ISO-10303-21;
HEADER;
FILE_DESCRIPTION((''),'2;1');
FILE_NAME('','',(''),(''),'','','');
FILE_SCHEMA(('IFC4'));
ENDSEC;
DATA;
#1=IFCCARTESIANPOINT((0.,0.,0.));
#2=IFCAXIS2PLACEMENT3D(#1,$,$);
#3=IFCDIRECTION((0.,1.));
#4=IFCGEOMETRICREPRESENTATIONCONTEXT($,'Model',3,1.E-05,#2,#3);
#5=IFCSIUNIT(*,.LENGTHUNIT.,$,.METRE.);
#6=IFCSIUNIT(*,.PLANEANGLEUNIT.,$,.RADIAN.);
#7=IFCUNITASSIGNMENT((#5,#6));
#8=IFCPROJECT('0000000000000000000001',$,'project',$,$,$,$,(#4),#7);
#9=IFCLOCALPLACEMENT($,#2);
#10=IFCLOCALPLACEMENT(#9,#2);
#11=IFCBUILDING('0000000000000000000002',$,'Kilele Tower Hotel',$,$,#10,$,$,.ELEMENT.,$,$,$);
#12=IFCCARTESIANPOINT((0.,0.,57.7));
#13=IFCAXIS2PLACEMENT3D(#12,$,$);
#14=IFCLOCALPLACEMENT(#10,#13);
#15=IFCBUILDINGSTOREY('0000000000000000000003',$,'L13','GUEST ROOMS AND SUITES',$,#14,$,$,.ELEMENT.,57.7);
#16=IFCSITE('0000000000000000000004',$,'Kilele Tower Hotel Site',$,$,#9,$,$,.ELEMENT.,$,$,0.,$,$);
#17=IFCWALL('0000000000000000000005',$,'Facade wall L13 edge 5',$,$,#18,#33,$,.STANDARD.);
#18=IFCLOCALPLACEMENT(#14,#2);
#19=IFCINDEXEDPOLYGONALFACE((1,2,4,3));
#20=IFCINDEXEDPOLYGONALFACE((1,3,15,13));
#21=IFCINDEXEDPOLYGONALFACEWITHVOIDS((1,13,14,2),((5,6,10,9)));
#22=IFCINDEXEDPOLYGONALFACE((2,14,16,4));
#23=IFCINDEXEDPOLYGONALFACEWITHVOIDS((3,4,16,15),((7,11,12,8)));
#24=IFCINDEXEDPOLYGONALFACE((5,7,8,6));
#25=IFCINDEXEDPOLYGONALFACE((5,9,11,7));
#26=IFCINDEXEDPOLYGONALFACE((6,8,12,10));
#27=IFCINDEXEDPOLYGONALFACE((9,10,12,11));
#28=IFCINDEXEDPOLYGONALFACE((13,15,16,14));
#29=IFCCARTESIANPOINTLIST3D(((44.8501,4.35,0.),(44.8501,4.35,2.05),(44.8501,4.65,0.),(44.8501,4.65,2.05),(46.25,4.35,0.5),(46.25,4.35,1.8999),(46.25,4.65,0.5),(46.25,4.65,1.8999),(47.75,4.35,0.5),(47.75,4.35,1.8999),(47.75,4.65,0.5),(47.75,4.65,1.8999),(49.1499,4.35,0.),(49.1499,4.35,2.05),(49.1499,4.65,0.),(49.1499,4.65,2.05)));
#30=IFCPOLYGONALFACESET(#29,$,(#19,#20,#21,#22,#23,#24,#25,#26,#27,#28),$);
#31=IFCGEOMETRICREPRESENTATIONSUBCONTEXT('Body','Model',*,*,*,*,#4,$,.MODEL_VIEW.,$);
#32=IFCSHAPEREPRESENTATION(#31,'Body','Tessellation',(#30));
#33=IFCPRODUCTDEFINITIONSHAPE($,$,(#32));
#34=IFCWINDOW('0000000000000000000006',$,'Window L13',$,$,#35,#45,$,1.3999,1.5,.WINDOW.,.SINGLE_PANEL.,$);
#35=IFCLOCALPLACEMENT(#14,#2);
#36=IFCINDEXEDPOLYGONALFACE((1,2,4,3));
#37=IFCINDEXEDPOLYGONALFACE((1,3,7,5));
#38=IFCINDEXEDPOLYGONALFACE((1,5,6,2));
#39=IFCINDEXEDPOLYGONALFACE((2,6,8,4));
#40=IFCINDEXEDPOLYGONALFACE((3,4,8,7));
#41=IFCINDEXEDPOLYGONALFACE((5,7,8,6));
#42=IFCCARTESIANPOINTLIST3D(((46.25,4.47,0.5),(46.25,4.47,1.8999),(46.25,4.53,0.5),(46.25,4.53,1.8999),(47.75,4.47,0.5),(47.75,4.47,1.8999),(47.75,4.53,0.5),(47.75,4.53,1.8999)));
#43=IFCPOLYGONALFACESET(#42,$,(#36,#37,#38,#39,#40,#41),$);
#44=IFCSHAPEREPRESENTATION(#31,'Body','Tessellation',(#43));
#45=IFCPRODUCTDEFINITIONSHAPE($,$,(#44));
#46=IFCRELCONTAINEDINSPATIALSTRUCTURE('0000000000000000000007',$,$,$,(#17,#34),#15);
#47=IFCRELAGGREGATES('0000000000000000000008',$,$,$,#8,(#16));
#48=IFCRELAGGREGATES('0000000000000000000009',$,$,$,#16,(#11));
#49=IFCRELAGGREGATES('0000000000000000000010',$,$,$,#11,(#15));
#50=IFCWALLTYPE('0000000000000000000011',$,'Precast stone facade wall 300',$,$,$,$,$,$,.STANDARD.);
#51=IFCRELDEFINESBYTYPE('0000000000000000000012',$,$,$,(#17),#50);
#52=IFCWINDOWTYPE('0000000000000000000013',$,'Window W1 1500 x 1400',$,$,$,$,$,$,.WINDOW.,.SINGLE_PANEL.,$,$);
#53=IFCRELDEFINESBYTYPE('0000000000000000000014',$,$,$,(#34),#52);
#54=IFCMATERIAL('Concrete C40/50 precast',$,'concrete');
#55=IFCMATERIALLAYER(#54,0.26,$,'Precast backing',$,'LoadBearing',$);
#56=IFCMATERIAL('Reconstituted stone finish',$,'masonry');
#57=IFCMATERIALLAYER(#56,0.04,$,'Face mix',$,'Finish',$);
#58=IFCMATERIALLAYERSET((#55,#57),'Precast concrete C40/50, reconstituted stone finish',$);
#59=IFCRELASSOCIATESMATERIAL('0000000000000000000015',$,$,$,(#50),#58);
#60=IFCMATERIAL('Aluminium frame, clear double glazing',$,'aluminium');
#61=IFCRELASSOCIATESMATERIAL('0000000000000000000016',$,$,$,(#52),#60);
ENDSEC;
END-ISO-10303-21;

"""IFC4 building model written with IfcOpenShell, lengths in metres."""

from ifc_helpers import new_model, si_unit, direction, frame, frame_2d, origin, place, context, subcontext, project, spatial, rectangle, extrude, material, layer, layer_set, type_object, element, fill, save


model = new_model("IFC4")

# Units and contexts
model_context = context("Model", 3, precision=1e-05, world=origin(), true_north=direction((0.0, 1.0)))
body_context = subcontext(model_context, "Body", "Model", "MODEL_VIEW")
ifc_project = project(units=[si_unit("LENGTHUNIT", "METRE"), si_unit("PLANEANGLEUNIT", "RADIAN")], contexts=[model_context])

# Site, building, storey
site_placement = place(None, origin())
site = spatial("IfcSite", under=ifc_project, at=site_placement, Name="Kilele Tower Hotel Site", CompositionType="ELEMENT", RefElevation=0.0)
building_placement = place(site_placement, origin())
building = spatial("IfcBuilding", under=site, at=building_placement, Name="Kilele Tower Hotel", CompositionType="ELEMENT")
storey_placement = place(building_placement, frame((0.0, 0.0, 57.7)))
storey = spatial("IfcBuildingStorey", under=building, at=storey_placement, Name="L13", Description="GUEST ROOMS AND SUITES", CompositionType="ELEMENT", Elevation=57.7)

# Wall, opening, window
ifc_material_1 = material(Name="Concrete C40/50 precast", Category="concrete")
ifc_layer_1 = layer(ifc_material_1, 0.26, Name="Precast backing", Category="LoadBearing")
ifc_material_2 = material(Name="Reconstituted stone finish", Category="masonry")
ifc_layer_2 = layer(ifc_material_2, 0.04, Name="Face mix", Category="Finish")
ifc_layer_set_1 = layer_set([ifc_layer_1, ifc_layer_2], Name="Precast concrete C40/50, reconstituted stone finish")
wall_type_1 = type_object("IfcWallType", Name="Precast stone facade wall 300", PredefinedType="STANDARD", material=ifc_layer_set_1)
ifc_material_3 = material(Name="Aluminium frame, clear double glazing", Category="aluminium")
window_type = type_object("IfcWindowType", Name="Window W1 1500 x 1400", PartitioningType="SINGLE_PANEL", PredefinedType="WINDOW", material=ifc_material_3)
wall_1_placement = place(storey_placement, frame((44.8501, 4.5, 0.0), z_axis=(0.0, 0.0, 1.0), x_axis=(1.0, 0.0, 0.0)))
wall_1 = element("IfcWall", 1, at=wall_1_placement, inside=storey, type_object=wall_type_1, Name="Facade wall L13 edge 5", PredefinedType="STANDARD", context=body_context, shape_type="SweptSolid", body=[
    extrude(rectangle(XDim=4.2998, YDim=0.3, at=frame_2d((2.1499, 0.0))), origin(), (0.0, 0.0, 1.0), 2.05),
])
opening_1_placement = place(wall_1_placement, frame((1.3999, 0.0, 0.5)))
opening_1 = element("IfcOpeningElement", 2, at=opening_1_placement, cuts=wall_1, PredefinedType="OPENING", context=body_context, shape_type="SweptSolid", body=[
    extrude(rectangle(XDim=1.5, YDim=1.3999, at=frame_2d((0.75, 0.7))), frame((0.0, 0.1599, 0.0), z_axis=(0.0, -1.0, 0.0), x_axis=(1.0, 0.0, 0.0)), (0.0, 0.0, 1.0), 0.3201),
])
window_1_placement = place(opening_1_placement, origin())
window_1 = element("IfcWindow", 3, at=window_1_placement, inside=storey, type_object=window_type, Name="Window L13", OverallHeight=1.3999, OverallWidth=1.5, PartitioningType="SINGLE_PANEL", PredefinedType="WINDOW", context=body_context, shape_type="SweptSolid", body=[
    extrude(rectangle(XDim=1.5, YDim=1.3999, at=frame_2d((0.75, 0.7))), frame((0.0, 0.03, 0.0), z_axis=(0.0, -1.0, 0.0), x_axis=(1.0, 0.0, 0.0)), (0.0, 0.0, 1.0), 0.0601),
])
fill(opening_1, window_1)

save(model, "model.ifc")
